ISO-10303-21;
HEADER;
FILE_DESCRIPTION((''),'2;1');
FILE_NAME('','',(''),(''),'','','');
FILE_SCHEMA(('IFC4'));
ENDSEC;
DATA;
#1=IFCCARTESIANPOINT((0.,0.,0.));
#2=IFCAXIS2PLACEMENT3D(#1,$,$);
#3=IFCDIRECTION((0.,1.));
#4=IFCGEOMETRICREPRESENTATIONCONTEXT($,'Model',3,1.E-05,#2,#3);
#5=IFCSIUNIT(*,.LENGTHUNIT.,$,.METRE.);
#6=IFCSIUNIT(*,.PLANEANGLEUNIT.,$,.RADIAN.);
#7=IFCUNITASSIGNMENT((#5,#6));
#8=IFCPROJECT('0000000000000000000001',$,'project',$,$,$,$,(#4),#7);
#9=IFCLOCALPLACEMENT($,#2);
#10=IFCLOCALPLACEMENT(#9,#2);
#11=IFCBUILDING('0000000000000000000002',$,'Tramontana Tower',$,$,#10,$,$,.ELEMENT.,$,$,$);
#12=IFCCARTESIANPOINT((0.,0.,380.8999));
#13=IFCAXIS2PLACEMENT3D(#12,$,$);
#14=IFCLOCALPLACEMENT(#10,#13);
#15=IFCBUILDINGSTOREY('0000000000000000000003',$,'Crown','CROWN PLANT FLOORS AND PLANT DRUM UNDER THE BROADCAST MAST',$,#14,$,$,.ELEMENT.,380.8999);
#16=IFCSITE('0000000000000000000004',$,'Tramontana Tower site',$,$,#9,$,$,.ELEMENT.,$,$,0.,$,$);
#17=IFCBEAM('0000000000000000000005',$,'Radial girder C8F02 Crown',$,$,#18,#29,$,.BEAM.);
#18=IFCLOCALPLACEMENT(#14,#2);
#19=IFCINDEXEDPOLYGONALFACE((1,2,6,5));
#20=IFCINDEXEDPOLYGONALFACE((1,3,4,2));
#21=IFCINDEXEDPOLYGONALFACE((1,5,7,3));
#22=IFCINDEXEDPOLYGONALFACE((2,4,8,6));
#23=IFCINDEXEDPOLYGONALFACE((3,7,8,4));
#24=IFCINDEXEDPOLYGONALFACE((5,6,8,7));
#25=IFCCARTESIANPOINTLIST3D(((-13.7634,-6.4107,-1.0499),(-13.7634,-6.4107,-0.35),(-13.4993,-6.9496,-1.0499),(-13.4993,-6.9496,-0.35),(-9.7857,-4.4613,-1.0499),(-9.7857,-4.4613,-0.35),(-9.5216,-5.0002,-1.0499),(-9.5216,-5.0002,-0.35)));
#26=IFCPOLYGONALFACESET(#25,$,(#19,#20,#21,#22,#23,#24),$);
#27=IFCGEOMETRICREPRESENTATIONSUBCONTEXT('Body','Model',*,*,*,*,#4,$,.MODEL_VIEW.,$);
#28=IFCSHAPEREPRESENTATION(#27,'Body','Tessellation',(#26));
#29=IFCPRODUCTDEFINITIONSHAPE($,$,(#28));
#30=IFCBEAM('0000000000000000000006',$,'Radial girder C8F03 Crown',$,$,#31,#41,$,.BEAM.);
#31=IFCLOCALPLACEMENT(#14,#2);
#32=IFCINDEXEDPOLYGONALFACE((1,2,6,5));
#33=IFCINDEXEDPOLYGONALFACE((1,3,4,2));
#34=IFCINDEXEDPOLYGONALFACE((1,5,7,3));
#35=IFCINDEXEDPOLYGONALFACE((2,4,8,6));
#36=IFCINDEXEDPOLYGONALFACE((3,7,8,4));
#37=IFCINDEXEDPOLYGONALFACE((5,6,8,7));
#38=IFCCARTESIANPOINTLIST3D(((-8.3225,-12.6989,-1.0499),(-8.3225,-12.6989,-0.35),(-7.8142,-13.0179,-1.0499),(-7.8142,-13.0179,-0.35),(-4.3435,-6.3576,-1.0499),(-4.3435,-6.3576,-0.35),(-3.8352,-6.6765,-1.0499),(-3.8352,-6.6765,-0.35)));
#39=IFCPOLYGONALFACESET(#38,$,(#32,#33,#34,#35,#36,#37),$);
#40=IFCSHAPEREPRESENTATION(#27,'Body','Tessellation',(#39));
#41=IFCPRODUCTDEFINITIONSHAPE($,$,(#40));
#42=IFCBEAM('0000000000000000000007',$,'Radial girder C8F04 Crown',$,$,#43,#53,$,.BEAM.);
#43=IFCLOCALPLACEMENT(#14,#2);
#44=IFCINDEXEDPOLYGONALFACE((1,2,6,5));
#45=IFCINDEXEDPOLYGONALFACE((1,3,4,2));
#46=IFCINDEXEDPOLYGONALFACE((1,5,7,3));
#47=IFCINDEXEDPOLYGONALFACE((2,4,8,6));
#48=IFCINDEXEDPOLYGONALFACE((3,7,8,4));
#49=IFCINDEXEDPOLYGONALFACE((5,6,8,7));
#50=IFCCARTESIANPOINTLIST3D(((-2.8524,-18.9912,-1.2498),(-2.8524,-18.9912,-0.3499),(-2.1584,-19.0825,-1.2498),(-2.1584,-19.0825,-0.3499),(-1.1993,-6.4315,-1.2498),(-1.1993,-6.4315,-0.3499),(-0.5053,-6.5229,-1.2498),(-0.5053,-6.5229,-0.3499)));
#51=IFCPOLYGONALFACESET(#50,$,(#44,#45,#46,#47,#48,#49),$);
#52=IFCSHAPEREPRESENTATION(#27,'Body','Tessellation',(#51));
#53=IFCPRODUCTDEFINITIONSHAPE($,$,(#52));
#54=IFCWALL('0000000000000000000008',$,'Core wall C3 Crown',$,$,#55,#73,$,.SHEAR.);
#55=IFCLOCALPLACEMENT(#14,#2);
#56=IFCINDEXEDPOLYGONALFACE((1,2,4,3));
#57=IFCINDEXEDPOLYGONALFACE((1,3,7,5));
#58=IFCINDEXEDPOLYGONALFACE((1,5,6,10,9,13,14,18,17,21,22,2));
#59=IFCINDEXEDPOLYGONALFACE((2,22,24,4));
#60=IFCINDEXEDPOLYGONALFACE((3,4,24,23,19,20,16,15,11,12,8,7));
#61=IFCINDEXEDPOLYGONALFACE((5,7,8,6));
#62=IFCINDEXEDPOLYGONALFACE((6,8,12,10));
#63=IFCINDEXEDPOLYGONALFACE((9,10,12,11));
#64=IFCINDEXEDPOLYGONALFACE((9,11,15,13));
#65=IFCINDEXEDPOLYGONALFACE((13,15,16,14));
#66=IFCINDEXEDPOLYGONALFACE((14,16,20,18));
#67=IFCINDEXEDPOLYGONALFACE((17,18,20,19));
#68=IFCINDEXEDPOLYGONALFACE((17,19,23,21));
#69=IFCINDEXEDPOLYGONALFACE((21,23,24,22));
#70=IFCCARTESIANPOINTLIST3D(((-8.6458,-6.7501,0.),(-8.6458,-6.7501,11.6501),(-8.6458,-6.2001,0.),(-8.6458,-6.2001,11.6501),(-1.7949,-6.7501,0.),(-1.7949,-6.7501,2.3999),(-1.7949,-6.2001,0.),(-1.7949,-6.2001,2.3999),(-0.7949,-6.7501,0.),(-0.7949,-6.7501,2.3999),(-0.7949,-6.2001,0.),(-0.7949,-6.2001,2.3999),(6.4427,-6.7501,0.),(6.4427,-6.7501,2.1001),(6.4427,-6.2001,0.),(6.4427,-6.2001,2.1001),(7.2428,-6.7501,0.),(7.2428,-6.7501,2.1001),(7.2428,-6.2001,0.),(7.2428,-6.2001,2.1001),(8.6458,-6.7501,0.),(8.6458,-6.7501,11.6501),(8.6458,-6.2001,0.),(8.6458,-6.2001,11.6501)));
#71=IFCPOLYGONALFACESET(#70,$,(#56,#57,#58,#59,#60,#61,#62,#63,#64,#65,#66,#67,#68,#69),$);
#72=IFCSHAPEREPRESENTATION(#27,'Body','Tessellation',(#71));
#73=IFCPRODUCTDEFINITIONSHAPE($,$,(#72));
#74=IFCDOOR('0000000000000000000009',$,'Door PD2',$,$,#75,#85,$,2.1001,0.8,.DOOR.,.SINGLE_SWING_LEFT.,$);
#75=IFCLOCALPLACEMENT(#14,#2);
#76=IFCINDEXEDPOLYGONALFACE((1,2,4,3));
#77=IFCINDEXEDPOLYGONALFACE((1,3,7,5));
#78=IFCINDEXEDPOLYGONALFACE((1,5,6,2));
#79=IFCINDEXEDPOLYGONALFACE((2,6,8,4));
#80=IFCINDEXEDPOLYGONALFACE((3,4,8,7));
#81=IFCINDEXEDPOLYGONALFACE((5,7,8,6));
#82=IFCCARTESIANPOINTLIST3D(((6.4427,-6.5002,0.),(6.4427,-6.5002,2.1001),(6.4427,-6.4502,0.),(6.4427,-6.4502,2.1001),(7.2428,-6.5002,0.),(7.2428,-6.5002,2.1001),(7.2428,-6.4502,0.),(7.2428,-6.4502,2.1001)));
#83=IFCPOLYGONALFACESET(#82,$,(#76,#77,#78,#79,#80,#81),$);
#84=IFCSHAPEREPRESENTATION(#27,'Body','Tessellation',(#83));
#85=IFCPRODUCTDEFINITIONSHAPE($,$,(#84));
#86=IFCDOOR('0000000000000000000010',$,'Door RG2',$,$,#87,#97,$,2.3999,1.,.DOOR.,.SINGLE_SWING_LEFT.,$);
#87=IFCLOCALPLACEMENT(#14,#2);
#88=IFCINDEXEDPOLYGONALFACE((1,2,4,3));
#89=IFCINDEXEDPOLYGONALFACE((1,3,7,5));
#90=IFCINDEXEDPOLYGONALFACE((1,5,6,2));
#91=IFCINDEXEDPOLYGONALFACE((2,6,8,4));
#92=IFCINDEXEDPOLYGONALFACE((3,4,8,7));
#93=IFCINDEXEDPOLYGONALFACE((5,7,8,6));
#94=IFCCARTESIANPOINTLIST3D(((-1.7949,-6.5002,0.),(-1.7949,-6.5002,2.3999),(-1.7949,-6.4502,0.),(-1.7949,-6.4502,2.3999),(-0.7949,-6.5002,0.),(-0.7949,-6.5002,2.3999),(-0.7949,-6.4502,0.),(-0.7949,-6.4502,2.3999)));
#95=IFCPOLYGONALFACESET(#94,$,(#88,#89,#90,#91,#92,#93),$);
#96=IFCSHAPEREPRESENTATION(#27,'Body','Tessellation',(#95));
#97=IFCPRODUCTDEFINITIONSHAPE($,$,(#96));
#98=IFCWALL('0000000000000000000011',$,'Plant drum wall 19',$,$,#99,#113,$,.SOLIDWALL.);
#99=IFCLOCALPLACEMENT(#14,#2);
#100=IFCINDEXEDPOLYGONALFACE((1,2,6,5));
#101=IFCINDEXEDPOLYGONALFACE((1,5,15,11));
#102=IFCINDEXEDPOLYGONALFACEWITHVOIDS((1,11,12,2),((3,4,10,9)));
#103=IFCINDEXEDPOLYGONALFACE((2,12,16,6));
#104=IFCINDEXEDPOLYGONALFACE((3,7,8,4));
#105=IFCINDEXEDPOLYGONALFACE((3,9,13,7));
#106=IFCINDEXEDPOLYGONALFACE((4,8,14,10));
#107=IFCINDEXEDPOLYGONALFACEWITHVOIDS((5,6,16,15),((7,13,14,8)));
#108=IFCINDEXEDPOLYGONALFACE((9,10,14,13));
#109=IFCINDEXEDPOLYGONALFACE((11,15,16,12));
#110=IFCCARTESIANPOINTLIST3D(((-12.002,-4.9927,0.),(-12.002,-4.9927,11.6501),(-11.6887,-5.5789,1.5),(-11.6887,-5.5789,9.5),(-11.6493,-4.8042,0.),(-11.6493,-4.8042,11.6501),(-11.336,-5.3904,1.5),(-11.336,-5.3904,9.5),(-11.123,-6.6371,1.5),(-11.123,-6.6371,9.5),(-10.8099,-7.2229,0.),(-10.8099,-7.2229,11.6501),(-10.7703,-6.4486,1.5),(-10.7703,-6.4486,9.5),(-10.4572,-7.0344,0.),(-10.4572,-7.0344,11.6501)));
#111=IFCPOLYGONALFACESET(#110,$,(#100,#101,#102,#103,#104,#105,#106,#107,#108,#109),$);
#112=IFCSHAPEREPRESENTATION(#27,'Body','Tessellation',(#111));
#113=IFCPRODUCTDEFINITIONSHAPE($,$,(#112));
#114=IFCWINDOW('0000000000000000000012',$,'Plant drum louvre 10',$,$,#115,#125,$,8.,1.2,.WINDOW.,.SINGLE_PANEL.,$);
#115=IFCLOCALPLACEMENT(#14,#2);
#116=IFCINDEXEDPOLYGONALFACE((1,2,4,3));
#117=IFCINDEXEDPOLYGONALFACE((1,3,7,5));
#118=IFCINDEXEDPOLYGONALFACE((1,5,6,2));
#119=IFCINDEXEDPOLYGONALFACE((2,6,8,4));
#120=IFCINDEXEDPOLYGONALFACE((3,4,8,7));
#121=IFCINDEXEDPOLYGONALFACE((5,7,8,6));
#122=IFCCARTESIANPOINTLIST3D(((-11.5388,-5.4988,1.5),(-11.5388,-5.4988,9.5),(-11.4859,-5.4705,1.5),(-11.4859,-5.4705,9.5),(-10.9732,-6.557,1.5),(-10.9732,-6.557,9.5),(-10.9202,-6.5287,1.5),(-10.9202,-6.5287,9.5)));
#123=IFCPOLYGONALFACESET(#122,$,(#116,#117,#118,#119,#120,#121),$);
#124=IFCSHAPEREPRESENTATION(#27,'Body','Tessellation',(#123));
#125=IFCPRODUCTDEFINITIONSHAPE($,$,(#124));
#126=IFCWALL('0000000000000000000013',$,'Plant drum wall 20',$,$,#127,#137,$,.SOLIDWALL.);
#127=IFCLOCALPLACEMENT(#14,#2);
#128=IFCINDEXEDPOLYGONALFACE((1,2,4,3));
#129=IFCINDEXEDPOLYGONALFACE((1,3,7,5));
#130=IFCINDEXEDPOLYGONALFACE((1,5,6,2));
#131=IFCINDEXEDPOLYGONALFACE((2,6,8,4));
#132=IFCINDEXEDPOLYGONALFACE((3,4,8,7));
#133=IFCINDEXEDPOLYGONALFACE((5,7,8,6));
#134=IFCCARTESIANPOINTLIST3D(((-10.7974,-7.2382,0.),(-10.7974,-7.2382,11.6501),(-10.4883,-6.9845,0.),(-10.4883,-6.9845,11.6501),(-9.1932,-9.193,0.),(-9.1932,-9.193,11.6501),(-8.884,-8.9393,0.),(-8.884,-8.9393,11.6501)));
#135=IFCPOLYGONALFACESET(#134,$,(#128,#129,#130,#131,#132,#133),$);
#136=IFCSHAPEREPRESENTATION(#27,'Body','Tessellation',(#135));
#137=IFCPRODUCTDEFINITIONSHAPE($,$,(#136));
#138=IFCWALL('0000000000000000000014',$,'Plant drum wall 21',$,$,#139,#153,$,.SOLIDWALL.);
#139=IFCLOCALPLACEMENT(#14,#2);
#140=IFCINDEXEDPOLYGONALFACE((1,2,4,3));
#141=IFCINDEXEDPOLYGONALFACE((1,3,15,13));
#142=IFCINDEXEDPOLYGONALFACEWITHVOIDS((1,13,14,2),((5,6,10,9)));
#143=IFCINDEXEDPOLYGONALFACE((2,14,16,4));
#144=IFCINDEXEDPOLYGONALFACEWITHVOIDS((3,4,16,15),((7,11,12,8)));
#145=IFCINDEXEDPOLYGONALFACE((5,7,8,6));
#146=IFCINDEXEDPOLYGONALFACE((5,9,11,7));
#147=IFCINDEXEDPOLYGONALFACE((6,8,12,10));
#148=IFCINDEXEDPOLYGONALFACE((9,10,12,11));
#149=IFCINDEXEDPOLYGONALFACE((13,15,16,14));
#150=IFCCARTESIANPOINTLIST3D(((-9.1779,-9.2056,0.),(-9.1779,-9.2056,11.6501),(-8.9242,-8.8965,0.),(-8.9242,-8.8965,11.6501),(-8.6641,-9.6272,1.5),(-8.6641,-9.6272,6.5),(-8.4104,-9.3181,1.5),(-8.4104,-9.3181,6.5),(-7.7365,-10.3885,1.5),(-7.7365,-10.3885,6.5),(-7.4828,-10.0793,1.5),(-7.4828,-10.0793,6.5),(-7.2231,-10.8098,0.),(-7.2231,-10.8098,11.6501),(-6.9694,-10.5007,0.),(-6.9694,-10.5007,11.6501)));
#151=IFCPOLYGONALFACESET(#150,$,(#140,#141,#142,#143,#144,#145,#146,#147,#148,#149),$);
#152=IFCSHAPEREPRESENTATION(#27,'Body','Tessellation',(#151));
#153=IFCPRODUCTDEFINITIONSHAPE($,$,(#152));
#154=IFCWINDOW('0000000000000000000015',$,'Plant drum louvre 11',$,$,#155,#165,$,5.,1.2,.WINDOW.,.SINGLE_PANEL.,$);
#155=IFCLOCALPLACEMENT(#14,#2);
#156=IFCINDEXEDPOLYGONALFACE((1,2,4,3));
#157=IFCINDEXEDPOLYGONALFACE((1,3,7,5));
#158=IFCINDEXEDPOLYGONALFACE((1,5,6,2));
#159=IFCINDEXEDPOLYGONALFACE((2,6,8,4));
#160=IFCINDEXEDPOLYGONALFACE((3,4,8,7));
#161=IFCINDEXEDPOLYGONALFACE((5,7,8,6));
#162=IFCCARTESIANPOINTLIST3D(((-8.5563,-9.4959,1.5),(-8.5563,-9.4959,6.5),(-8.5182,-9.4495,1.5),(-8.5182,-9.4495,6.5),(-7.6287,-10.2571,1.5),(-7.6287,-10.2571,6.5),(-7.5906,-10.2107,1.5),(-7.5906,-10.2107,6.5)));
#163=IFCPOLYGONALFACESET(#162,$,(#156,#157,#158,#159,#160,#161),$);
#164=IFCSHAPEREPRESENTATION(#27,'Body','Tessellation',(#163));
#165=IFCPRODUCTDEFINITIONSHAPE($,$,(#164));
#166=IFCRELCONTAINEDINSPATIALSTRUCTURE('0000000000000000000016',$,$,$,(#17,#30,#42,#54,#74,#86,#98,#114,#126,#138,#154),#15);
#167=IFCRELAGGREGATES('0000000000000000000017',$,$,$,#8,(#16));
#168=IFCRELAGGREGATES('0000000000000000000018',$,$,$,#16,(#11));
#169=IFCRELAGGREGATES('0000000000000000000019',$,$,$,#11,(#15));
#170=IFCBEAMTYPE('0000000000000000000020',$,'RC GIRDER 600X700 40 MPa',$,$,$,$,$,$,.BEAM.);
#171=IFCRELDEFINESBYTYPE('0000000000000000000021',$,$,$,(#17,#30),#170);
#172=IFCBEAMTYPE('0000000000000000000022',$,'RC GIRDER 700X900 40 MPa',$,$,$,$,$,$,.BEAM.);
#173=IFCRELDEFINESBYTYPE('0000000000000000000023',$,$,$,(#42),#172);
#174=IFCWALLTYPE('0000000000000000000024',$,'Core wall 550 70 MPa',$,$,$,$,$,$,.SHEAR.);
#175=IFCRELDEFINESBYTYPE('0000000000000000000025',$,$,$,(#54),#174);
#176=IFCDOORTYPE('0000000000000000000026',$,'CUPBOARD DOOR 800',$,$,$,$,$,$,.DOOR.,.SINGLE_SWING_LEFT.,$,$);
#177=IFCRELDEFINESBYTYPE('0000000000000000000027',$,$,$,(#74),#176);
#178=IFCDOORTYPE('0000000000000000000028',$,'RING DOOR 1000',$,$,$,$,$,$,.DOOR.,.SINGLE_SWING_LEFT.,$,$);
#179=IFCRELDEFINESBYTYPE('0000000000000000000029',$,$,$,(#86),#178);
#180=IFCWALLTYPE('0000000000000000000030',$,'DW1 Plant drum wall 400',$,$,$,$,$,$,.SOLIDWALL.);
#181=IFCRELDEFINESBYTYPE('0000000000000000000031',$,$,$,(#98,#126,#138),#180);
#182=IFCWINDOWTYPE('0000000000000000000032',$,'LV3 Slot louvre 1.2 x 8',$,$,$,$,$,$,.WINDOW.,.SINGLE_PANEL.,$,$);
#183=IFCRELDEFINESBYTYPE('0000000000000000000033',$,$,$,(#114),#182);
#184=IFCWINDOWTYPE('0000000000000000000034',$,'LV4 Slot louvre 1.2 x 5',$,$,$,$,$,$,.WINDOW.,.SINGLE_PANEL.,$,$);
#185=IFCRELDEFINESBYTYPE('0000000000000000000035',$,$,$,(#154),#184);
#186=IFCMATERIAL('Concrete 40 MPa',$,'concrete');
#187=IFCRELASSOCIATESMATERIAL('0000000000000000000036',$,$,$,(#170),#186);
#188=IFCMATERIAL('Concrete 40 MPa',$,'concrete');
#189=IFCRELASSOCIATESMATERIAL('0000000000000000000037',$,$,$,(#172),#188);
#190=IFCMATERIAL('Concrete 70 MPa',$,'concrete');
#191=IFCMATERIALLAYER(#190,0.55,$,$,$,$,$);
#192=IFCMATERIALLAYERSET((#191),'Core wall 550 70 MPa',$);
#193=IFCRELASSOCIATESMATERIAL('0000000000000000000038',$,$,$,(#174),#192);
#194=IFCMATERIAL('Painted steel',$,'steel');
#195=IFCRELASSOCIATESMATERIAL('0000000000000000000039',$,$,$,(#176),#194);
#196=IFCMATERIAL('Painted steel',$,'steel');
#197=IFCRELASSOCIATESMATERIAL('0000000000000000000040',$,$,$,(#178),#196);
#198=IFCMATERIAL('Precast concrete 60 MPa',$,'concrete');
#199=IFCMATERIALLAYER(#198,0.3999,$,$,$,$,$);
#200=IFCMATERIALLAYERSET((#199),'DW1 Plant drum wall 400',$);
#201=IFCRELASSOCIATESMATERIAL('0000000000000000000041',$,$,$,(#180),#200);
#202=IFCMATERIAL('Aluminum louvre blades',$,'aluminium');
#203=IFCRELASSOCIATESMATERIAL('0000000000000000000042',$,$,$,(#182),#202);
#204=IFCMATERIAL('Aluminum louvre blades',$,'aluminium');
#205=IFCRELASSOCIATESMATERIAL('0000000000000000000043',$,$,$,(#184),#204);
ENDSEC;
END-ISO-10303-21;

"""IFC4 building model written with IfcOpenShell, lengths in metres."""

from ifc_helpers import new_model, si_unit, direction, frame, frame_2d, origin, origin_2d, place, context, subcontext, project, spatial, rectangle, extrude, material, layer, layer_set, material_profile, profile_set, type_object, element, fill, save


model = new_model("IFC4")

# Units and contexts
model_context = context("Model", 3, precision=1e-05, world=origin(), true_north=direction((0.0, 1.0)))
body_context = subcontext(model_context, "Body", "Model", "MODEL_VIEW")
ifc_project = project(units=[si_unit("LENGTHUNIT", "METRE"), si_unit("PLANEANGLEUNIT", "RADIAN")], contexts=[model_context])

# Site, building, storey
site_placement = place(None, origin())
site = spatial("IfcSite", under=ifc_project, at=site_placement, Name="Tramontana Tower site", CompositionType="ELEMENT", RefElevation=0.0)
building_placement = place(site_placement, origin())
building = spatial("IfcBuilding", under=site, at=building_placement, Name="Tramontana Tower", CompositionType="ELEMENT")
storey_placement = place(building_placement, frame((0.0, 0.0, 380.8999)))
storey = spatial("IfcBuildingStorey", under=building, at=storey_placement, Name="Crown", Description="CROWN PLANT FLOORS AND PLANT DRUM UNDER THE BROADCAST MAST", CompositionType="ELEMENT", Elevation=380.8999)

# Beams
ifc_material_1 = material(Name="Concrete 40 MPa", Category="concrete")
ifc_material_profile_1 = material_profile(ifc_material_1, rectangle(XDim=0.6001, YDim=0.7, at=origin_2d()), Name="RC GIRDER 600X700 40 MPa")
ifc_profile_set_1 = profile_set([ifc_material_profile_1], Name="Concrete 40 MPa")
beam_type_1 = type_object("IfcBeamType", Name="RC GIRDER 600X700 40 MPa", PredefinedType="BEAM", material=ifc_profile_set_1)
beam_1_placement = place(storey_placement, frame((-13.6313, -6.6802, -0.7), z_axis=(0.897959, 0.440079, 0.0), x_axis=(-0.440079, 0.897959, 0.0)))
element("IfcBeam", 1, at=beam_1_placement, inside=storey, type_object=beam_type_1, Name="Radial girder C8F02 Crown", PredefinedType="BEAM", context=body_context, shape_type="SweptSolid", body=[
    extrude(rectangle(XDim=0.6001, YDim=0.7, at=origin_2d()), origin(), (0.0, 0.0, 1.0), 4.4297),
])
beam_2_placement = place(storey_placement, frame((-8.0684, -12.8584, -0.7), z_axis=(0.531505, 0.847055, 0.0), x_axis=(-0.847055, 0.531505, 0.0)))
element("IfcBeam", 2, at=beam_2_placement, inside=storey, type_object=beam_type_1, Name="Radial girder C8F03 Crown", PredefinedType="BEAM", context=body_context, shape_type="SweptSolid", body=[
    extrude(rectangle(XDim=0.6001, YDim=0.7, at=origin_2d()), origin(), (0.0, 0.0, 1.0), 7.4863),
])
ifc_material_2 = material(Name="Concrete 40 MPa", Category="concrete")
ifc_material_profile_2 = material_profile(ifc_material_2, rectangle(XDim=0.7, YDim=0.8999, at=origin_2d()), Name="RC GIRDER 700X900 40 MPa")
ifc_profile_set_2 = profile_set([ifc_material_profile_2], Name="Concrete 40 MPa")
beam_type_2 = type_object("IfcBeamType", Name="RC GIRDER 700X900 40 MPa", PredefinedType="BEAM", material=ifc_profile_set_2)
beam_3_placement = place(storey_placement, frame((-2.5054, -19.0369, -0.7998), z_axis=(0.130493, 0.991449, 0.0), x_axis=(-0.991449, 0.130493, 0.0)))
element("IfcBeam", 3, at=beam_3_placement, inside=storey, type_object=beam_type_2, Name="Radial girder C8F04 Crown", PredefinedType="BEAM", context=body_context, shape_type="SweptSolid", body=[
    extrude(rectangle(XDim=0.7, YDim=0.8999, at=origin_2d()), origin(), (0.0, 0.0, 1.0), 12.668),
])

# Wall, openings, doors
ifc_material_3 = material(Name="Concrete 70 MPa", Category="concrete")
ifc_layer_1 = layer(ifc_material_3, 0.55)
ifc_layer_set_1 = layer_set([ifc_layer_1], Name="Core wall 550 70 MPa")
wall_type_1 = type_object("IfcWallType", Name="Core wall 550 70 MPa", PredefinedType="SHEAR", material=ifc_layer_set_1)
wall_1_placement = place(storey_placement, frame((-8.6458, -6.4751, 0.0), z_axis=(0.0, 0.0, 1.0), x_axis=(1.0, 0.0, 0.0)))
wall_1 = element("IfcWall", 4, at=wall_1_placement, inside=storey, type_object=wall_type_1, Name="Core wall C3 Crown", PredefinedType="SHEAR", context=body_context, shape_type="SweptSolid", body=[
    extrude(rectangle(XDim=17.2915, YDim=0.55, at=frame_2d((8.6458, 0.0))), origin(), (0.0, 0.0, 1.0), 11.6501),
])
opening_1_placement = place(wall_1_placement, frame((6.8508, 0.0, 0.0)))
opening_1 = element("IfcOpeningElement", 5, at=opening_1_placement, cuts=wall_1, PredefinedType="OPENING", context=body_context, shape_type="SweptSolid", body=[
    extrude(rectangle(XDim=1.0, YDim=2.3999, at=frame_2d((0.5, 1.2))), frame((0.0, 0.2849, 0.0), z_axis=(0.0, -1.0, 0.0), x_axis=(1.0, 0.0, 0.0)), (0.0, 0.0, 1.0), 0.5701),
])
opening_2_placement = place(wall_1_placement, frame((15.0886, 0.0, 0.0)))
opening_2 = element("IfcOpeningElement", 6, at=opening_2_placement, cuts=wall_1, PredefinedType="OPENING", context=body_context, shape_type="SweptSolid", body=[
    extrude(rectangle(XDim=0.8, YDim=2.1001, at=frame_2d((0.3999, 1.05))), frame((0.0, 0.2849, 0.0), z_axis=(0.0, -1.0, 0.0), x_axis=(1.0, 0.0, 0.0)), (0.0, 0.0, 1.0), 0.5701),
])
ifc_material_4 = material(Name="Painted steel", Category="steel")
door_type_1 = type_object("IfcDoorType", Name="CUPBOARD DOOR 800", OperationType="SINGLE_SWING_LEFT", PredefinedType="DOOR", material=ifc_material_4)
door_1_placement = place(opening_2_placement, origin())
door_1 = element("IfcDoor", 7, at=door_1_placement, inside=storey, type_object=door_type_1, Name="Door PD2", OperationType="SINGLE_SWING_LEFT", OverallHeight=2.1001, OverallWidth=0.8, PredefinedType="DOOR", context=body_context, shape_type="SweptSolid", body=[
    extrude(rectangle(XDim=0.8, YDim=2.1001, at=frame_2d((0.3999, 1.05))), frame((0.0, 0.0249, 0.0), z_axis=(0.0, -1.0, 0.0), x_axis=(1.0, 0.0, 0.0)), (0.0, 0.0, 1.0), 0.05),
])
fill(opening_2, door_1)
ifc_material_5 = material(Name="Painted steel", Category="steel")
door_type_2 = type_object("IfcDoorType", Name="RING DOOR 1000", OperationType="SINGLE_SWING_LEFT", PredefinedType="DOOR", material=ifc_material_5)
door_2_placement = place(opening_1_placement, origin())
door_2 = element("IfcDoor", 8, at=door_2_placement, inside=storey, type_object=door_type_2, Name="Door RG2", OperationType="SINGLE_SWING_LEFT", OverallHeight=2.3999, OverallWidth=1.0, PredefinedType="DOOR", context=body_context, shape_type="SweptSolid", body=[
    extrude(rectangle(XDim=1.0, YDim=2.3999, at=frame_2d((0.5, 1.2))), frame((0.0, 0.0249, 0.0), z_axis=(0.0, -1.0, 0.0), x_axis=(1.0, 0.0, 0.0)), (0.0, 0.0, 1.0), 0.05),
])
fill(opening_1, door_2)

# Wall, opening, window
ifc_material_6 = material(Name="Precast concrete 60 MPa", Category="concrete")
ifc_layer_2 = layer(ifc_material_6, 0.3999)
ifc_layer_set_2 = layer_set([ifc_layer_2], Name="DW1 Plant drum wall 400")
wall_type_2 = type_object("IfcWallType", Name="DW1 Plant drum wall 400", PredefinedType="SOLIDWALL", material=ifc_layer_set_2)
wall_2_placement = place(storey_placement, frame((-11.8257, -4.8984, 0.0), z_axis=(0.0, 0.0, 1.0), x_axis=(0.471415, -0.881912, 0.0)))
wall_2 = element("IfcWall", 9, at=wall_2_placement, inside=storey, type_object=wall_type_2, Name="Plant drum wall 19", PredefinedType="SOLIDWALL", context=body_context, shape_type="SweptSolid", body=[
    extrude(rectangle(XDim=2.5288, YDim=0.3999, at=frame_2d((1.2644, 0.0))), origin(), (0.0, 0.0, 1.0), 11.6501),
])
opening_3_placement = place(wall_2_placement, frame((0.6646, 0.0, 1.5)))
opening_3 = element("IfcOpeningElement", 10, at=opening_3_placement, cuts=wall_2, PredefinedType="OPENING", context=body_context, shape_type="SweptSolid", body=[
    extrude(rectangle(XDim=1.2, YDim=8.0, at=frame_2d((0.6001, 4.0))), frame((0.0, 0.21, 0.0), z_axis=(0.0, -1.0, 0.0), x_axis=(1.0, 0.0, 0.0)), (0.0, 0.0, 1.0), 0.4199),
])
ifc_material_7 = material(Name="Aluminum louvre blades", Category="aluminium")
window_type_1 = type_object("IfcWindowType", Name="LV3 Slot louvre 1.2 x 8", PartitioningType="SINGLE_PANEL", PredefinedType="WINDOW", material=ifc_material_7)
window_1_placement = place(opening_3_placement, origin())
window_1 = element("IfcWindow", 11, at=window_1_placement, inside=storey, type_object=window_type_1, Name="Plant drum louvre 10", OverallHeight=8.0, OverallWidth=1.2, PartitioningType="SINGLE_PANEL", PredefinedType="WINDOW", context=body_context, shape_type="SweptSolid", body=[
    extrude(rectangle(XDim=1.2, YDim=8.0, at=frame_2d((0.6001, 4.0))), frame((0.0, 0.03, 0.0), z_axis=(0.0, -1.0, 0.0), x_axis=(1.0, 0.0, 0.0)), (0.0, 0.0, 1.0), 0.0601),
])
fill(opening_3, window_1)

# Wall
wall_3_placement = place(storey_placement, frame((-10.6428, -7.1113, 0.0), z_axis=(0.0, 0.0, 1.0), x_axis=(0.634383, -0.773019, 0.0)))
element("IfcWall", 12, at=wall_3_placement, inside=storey, type_object=wall_type_2, Name="Plant drum wall 20", PredefinedType="SOLIDWALL", context=body_context, shape_type="SweptSolid", body=[
    extrude(rectangle(XDim=2.5288, YDim=0.3999, at=frame_2d((1.2644, 0.0))), origin(), (0.0, 0.0, 1.0), 11.6501),
])

# Wall, opening, window
wall_4_placement = place(storey_placement, frame((-9.051, -9.051, 0.0), z_axis=(0.0, 0.0, 1.0), x_axis=(0.773019, -0.634383, 0.0)))
wall_4 = element("IfcWall", 13, at=wall_4_placement, inside=storey, type_object=wall_type_2, Name="Plant drum wall 21", PredefinedType="SOLIDWALL", context=body_context, shape_type="SweptSolid", body=[
    extrude(rectangle(XDim=2.5288, YDim=0.3999, at=frame_2d((1.2644, 0.0))), origin(), (0.0, 0.0, 1.0), 11.6501),
])
opening_4_placement = place(wall_4_placement, frame((0.6646, 0.0, 1.5)))
opening_4 = element("IfcOpeningElement", 14, at=opening_4_placement, cuts=wall_4, PredefinedType="OPENING", context=body_context, shape_type="SweptSolid", body=[
    extrude(rectangle(XDim=1.2, YDim=5.0, at=frame_2d((0.6001, 2.5))), frame((0.0, 0.21, 0.0), z_axis=(0.0, -1.0, 0.0), x_axis=(1.0, 0.0, 0.0)), (0.0, 0.0, 1.0), 0.4199),
])
ifc_material_8 = material(Name="Aluminum louvre blades", Category="aluminium")
window_type_2 = type_object("IfcWindowType", Name="LV4 Slot louvre 1.2 x 5", PartitioningType="SINGLE_PANEL", PredefinedType="WINDOW", material=ifc_material_8)
window_2_placement = place(opening_4_placement, origin())
window_2 = element("IfcWindow", 15, at=window_2_placement, inside=storey, type_object=window_type_2, Name="Plant drum louvre 11", OverallHeight=5.0, OverallWidth=1.2, PartitioningType="SINGLE_PANEL", PredefinedType="WINDOW", context=body_context, shape_type="SweptSolid", body=[
    extrude(rectangle(XDim=1.2, YDim=5.0, at=frame_2d((0.6001, 2.5))), frame((0.0, 0.03, 0.0), z_axis=(0.0, -1.0, 0.0), x_axis=(1.0, 0.0, 0.0)), (0.0, 0.0, 1.0), 0.0601),
])
fill(opening_4, window_2)

save(model, "model.ifc")
